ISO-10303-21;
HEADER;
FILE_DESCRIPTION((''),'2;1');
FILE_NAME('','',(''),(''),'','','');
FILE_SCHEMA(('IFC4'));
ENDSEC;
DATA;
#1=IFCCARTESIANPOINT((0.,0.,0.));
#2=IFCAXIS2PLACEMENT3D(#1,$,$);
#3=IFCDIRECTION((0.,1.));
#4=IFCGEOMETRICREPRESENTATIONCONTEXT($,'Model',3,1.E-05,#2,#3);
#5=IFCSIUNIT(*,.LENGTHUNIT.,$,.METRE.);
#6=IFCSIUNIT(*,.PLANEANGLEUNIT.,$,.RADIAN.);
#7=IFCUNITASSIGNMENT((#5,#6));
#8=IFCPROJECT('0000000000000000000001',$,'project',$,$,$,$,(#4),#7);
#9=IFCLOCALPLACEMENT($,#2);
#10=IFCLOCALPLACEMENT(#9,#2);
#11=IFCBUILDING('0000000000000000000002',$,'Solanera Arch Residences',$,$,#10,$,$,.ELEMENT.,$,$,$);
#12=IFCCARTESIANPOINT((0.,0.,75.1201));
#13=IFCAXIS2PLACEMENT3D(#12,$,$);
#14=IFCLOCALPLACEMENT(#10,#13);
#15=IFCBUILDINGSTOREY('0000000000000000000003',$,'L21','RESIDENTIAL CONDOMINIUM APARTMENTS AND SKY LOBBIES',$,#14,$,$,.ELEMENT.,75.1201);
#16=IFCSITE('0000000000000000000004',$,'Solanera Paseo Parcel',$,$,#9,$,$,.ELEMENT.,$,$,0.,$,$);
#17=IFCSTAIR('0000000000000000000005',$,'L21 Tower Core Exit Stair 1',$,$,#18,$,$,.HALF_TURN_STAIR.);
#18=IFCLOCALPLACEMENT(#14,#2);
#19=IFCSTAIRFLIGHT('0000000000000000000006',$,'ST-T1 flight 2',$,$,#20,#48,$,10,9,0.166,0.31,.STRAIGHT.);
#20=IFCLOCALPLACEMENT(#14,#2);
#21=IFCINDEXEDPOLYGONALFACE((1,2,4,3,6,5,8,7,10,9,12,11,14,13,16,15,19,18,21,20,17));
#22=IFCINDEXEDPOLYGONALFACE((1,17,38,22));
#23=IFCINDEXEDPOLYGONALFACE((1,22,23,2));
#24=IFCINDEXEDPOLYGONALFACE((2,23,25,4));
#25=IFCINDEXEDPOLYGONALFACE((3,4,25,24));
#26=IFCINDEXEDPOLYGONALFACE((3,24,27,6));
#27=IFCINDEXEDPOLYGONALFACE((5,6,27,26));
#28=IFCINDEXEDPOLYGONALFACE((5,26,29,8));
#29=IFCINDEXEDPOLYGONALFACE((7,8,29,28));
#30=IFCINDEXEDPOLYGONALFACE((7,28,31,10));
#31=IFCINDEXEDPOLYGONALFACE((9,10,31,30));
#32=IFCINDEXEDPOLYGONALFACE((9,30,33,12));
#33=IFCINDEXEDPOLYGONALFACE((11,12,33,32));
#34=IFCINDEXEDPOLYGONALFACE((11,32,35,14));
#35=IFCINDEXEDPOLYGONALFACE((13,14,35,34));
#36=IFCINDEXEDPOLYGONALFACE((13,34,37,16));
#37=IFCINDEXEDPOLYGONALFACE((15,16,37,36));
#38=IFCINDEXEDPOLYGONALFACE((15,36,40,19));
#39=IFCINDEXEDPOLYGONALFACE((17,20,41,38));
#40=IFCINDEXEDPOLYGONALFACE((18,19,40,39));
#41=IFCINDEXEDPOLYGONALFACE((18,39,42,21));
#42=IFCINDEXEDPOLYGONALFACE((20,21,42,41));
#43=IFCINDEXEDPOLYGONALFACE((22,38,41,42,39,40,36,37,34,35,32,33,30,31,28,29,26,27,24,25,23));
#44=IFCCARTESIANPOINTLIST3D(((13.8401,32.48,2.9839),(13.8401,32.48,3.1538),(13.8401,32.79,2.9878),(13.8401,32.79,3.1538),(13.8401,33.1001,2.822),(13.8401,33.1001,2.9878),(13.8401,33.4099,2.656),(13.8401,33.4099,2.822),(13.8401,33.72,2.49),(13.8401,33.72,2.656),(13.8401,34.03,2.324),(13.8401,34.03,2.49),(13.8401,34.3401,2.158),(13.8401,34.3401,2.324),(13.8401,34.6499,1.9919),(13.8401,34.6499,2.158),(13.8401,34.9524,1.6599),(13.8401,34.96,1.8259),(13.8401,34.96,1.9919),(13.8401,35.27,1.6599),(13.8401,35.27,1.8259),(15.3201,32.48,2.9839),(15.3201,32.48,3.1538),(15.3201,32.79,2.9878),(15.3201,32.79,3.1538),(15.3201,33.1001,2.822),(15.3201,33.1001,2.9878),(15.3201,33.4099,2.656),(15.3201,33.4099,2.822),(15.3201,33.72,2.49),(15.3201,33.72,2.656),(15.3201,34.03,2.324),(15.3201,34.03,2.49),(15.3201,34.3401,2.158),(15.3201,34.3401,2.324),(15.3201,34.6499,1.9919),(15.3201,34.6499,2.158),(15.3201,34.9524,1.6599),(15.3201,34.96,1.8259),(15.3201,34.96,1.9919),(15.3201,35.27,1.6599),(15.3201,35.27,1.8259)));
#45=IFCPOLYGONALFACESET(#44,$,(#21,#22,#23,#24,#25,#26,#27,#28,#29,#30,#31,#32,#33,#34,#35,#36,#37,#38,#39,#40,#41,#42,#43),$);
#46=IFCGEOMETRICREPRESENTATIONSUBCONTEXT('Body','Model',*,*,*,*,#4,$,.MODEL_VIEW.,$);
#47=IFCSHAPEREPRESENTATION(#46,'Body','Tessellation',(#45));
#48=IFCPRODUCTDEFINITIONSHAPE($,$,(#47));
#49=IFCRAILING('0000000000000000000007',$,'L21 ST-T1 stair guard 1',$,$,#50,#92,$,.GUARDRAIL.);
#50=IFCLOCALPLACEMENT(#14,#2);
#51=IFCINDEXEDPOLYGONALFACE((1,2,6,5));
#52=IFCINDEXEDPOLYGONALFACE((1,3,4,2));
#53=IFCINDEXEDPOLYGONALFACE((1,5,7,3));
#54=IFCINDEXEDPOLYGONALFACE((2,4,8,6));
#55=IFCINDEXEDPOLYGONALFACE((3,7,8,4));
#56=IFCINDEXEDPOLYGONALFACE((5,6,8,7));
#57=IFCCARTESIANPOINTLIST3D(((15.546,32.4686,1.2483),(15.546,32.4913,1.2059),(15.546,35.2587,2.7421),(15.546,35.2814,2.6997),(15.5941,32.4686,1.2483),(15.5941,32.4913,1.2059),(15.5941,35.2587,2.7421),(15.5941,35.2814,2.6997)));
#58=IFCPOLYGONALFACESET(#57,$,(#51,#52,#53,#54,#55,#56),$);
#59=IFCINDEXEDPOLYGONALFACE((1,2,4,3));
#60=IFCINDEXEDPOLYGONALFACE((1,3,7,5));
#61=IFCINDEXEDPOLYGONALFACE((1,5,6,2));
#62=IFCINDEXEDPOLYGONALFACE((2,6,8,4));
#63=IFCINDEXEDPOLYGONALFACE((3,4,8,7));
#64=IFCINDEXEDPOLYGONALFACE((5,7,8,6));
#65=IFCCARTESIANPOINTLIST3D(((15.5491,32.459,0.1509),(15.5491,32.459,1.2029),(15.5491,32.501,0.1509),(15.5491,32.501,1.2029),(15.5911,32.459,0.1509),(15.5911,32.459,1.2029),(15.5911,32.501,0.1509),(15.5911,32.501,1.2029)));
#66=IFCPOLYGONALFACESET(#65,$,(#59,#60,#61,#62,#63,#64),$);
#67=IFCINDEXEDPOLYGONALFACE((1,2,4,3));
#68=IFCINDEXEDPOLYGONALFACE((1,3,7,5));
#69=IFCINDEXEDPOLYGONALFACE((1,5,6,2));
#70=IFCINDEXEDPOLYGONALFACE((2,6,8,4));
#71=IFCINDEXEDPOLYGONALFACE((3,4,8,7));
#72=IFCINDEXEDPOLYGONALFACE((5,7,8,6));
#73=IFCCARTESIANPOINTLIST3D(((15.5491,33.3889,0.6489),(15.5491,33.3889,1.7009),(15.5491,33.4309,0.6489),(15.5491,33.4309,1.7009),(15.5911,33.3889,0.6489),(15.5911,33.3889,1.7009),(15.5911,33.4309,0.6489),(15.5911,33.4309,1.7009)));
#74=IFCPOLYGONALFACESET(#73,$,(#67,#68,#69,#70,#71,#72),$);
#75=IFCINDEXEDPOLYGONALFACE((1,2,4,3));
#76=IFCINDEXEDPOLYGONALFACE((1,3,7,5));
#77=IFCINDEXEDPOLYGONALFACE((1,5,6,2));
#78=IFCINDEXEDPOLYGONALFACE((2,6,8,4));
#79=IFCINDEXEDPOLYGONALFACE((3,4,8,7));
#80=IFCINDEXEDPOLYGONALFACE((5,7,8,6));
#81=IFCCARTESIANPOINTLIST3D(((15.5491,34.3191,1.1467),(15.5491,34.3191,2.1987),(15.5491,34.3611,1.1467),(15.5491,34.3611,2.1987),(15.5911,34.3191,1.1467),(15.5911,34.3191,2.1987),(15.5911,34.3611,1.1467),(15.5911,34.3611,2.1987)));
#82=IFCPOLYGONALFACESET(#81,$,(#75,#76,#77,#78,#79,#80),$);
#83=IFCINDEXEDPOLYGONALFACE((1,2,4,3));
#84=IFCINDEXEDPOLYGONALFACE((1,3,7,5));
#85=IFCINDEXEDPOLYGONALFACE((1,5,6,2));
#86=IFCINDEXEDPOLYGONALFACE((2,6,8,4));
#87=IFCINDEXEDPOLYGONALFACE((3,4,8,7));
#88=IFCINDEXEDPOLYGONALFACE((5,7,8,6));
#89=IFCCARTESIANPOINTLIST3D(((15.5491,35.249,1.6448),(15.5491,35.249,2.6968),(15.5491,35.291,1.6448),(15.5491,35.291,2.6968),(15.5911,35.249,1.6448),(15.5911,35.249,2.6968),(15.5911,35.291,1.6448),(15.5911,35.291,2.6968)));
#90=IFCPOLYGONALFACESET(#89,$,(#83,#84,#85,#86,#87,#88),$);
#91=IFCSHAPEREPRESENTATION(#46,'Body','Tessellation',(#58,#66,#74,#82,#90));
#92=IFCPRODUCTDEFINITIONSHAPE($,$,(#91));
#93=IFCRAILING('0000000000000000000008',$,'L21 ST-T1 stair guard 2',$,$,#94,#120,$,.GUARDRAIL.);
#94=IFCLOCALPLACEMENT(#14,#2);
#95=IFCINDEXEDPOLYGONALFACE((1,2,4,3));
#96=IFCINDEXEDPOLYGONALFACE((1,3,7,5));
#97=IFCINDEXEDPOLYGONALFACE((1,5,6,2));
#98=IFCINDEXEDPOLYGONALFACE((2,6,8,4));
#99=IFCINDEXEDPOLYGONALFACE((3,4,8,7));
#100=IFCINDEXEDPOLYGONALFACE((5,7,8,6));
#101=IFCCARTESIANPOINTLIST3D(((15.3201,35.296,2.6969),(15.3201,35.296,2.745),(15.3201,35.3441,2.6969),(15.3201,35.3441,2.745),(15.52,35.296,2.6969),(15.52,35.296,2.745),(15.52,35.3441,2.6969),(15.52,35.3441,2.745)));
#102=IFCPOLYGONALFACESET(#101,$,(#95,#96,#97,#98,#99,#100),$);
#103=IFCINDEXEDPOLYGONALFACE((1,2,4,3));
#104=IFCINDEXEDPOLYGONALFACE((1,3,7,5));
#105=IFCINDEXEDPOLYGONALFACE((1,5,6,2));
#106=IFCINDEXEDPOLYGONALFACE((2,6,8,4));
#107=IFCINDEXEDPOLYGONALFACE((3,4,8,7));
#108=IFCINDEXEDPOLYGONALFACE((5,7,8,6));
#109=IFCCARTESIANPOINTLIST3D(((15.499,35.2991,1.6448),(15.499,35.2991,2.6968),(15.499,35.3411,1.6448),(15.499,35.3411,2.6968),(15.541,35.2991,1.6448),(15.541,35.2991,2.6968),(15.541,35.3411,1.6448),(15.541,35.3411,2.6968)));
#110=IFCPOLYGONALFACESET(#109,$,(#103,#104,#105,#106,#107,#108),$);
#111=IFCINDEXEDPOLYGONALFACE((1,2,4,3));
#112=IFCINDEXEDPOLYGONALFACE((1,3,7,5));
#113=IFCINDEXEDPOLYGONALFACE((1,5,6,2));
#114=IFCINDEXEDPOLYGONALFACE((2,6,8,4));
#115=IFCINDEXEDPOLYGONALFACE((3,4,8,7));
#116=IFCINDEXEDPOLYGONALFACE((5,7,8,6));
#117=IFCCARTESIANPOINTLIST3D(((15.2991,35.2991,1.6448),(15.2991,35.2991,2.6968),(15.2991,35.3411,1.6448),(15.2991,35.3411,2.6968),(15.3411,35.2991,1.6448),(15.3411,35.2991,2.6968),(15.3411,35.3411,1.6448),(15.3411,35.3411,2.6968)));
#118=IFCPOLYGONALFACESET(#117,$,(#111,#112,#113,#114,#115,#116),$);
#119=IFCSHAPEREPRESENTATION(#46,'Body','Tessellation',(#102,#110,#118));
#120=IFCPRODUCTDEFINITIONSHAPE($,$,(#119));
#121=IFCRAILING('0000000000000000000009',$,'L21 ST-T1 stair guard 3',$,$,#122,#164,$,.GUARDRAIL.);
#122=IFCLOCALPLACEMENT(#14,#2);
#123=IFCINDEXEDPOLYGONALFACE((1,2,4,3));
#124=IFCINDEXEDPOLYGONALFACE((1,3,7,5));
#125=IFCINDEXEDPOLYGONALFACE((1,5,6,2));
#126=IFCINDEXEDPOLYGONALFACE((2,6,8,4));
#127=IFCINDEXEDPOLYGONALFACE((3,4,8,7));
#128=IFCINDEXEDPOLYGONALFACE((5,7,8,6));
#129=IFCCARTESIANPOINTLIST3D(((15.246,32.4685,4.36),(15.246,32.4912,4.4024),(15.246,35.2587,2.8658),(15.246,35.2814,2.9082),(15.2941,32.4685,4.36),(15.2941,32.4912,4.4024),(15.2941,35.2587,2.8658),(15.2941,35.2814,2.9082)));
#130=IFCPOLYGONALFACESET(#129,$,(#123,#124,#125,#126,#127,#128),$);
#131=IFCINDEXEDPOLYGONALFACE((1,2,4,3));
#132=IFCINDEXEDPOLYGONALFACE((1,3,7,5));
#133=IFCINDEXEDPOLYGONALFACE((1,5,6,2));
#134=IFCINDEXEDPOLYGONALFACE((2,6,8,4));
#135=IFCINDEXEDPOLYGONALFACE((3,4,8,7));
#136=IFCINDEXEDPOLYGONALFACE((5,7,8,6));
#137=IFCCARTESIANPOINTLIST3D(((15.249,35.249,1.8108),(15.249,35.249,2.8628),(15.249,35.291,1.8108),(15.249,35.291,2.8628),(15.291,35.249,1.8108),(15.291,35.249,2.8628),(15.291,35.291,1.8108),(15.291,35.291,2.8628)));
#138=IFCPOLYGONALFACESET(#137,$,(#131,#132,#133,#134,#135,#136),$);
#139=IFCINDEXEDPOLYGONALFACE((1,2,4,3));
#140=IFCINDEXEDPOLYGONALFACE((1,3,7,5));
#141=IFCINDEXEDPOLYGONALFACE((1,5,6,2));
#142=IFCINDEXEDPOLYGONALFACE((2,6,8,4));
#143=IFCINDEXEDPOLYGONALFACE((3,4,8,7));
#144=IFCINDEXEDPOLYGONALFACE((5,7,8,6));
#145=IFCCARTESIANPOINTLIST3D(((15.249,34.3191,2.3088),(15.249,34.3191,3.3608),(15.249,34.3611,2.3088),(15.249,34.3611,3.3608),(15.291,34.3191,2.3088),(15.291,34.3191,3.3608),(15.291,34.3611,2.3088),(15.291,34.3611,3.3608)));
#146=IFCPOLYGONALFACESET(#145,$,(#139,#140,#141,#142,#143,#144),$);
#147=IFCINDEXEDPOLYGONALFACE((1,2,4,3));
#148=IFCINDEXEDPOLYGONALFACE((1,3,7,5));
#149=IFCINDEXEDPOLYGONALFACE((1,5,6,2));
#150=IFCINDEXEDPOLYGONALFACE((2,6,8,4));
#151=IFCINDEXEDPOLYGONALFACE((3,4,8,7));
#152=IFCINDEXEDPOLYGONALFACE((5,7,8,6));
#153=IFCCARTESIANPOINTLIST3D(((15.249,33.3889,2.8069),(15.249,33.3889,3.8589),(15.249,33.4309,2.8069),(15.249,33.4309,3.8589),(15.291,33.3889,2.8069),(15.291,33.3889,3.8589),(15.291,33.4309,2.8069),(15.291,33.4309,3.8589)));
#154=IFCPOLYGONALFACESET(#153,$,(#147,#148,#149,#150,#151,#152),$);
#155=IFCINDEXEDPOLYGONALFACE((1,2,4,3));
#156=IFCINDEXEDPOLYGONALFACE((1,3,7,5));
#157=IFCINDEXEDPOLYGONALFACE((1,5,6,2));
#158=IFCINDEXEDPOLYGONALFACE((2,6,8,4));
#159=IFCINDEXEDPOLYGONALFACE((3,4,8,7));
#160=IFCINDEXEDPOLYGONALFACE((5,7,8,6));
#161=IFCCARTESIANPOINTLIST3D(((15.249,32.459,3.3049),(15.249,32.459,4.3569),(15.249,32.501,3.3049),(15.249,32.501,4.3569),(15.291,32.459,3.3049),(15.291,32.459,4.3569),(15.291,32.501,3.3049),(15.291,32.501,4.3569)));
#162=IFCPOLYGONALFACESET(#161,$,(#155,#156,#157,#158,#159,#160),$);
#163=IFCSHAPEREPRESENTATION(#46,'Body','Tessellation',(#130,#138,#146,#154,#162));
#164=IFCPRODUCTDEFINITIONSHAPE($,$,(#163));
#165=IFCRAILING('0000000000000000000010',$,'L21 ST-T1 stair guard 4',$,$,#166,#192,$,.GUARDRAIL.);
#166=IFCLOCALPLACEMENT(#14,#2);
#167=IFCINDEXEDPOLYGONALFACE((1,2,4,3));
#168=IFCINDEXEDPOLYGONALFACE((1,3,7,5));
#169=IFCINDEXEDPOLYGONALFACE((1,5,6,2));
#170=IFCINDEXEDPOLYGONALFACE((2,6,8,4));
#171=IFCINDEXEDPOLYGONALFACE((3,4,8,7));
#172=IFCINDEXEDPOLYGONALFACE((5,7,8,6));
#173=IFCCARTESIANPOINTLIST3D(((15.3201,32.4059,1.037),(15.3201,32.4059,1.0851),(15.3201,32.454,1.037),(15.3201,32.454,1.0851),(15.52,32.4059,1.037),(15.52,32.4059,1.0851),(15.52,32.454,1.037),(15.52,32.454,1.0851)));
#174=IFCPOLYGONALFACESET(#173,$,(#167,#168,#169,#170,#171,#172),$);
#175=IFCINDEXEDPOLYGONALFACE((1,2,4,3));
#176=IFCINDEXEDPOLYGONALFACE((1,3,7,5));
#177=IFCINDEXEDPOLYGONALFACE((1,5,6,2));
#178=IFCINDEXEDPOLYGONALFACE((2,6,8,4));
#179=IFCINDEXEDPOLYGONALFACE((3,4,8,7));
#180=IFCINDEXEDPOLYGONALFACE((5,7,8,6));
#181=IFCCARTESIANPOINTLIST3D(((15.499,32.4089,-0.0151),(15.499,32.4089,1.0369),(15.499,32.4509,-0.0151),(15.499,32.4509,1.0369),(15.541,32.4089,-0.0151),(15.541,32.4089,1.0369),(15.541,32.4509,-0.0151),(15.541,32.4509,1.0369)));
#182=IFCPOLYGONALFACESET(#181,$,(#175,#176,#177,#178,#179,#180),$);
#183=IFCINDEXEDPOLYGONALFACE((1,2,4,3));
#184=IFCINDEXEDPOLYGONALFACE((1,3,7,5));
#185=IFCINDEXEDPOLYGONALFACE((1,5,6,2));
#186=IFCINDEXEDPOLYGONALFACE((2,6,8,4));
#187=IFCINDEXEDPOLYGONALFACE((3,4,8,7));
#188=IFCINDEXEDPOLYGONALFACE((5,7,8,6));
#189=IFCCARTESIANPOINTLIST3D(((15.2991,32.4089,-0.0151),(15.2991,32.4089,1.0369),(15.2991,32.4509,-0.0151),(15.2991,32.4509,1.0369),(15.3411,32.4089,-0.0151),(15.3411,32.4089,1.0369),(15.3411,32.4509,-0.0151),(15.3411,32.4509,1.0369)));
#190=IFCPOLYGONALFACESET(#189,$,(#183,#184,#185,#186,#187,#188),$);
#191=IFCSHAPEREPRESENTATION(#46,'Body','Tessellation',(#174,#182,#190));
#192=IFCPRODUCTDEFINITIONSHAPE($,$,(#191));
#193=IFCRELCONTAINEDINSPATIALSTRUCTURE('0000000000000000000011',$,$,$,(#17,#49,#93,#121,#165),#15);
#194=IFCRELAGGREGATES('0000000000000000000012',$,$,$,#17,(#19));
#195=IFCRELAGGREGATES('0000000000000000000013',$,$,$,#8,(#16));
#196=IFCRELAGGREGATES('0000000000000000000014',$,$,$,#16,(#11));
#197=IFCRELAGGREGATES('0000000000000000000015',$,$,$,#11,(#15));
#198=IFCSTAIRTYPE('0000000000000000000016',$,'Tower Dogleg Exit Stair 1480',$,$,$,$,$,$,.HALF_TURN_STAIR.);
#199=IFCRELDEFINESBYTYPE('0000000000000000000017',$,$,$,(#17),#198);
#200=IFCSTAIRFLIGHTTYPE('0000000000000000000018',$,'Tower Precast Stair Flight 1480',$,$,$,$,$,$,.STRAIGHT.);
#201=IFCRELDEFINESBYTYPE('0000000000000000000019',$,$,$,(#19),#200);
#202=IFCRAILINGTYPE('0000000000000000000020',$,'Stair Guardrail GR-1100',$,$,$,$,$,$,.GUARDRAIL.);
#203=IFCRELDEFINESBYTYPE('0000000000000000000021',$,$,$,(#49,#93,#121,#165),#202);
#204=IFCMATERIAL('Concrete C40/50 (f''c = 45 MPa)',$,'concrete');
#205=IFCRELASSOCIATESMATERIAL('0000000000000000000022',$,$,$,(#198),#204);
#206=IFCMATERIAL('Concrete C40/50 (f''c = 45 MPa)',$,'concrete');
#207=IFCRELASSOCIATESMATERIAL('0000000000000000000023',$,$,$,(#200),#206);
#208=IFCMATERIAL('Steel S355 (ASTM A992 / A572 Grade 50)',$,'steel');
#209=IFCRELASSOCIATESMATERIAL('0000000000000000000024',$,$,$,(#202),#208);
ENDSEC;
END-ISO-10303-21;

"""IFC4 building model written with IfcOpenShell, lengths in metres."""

from ifc_helpers import new_model, si_unit, direction, frame, origin, origin_2d, place, context, subcontext, project, spatial, polyline, rectangle, outline, extrude, material, type_object, element, aggregate, save


model = new_model("IFC4")

# Units and contexts
model_context = context("Model", 3, precision=1e-05, world=origin(), true_north=direction((0.0, 1.0)))
body_context = subcontext(model_context, "Body", "Model", "MODEL_VIEW")
ifc_project = project(units=[si_unit("LENGTHUNIT", "METRE"), si_unit("PLANEANGLEUNIT", "RADIAN")], contexts=[model_context])

# Site, building, storey
site_placement = place(None, origin())
site = spatial("IfcSite", under=ifc_project, at=site_placement, Name="Solanera Paseo Parcel", CompositionType="ELEMENT", RefElevation=0.0)
building_placement = place(site_placement, origin())
building = spatial("IfcBuilding", under=site, at=building_placement, Name="Solanera Arch Residences", CompositionType="ELEMENT")
storey_placement = place(building_placement, frame((0.0, 0.0, 75.1201)))
storey = spatial("IfcBuildingStorey", under=building, at=storey_placement, Name="L21", Description="RESIDENTIAL CONDOMINIUM APARTMENTS AND SKY LOBBIES", CompositionType="ELEMENT", Elevation=75.1201)

# Stair, stair flight
ifc_material_1 = material(Name="Concrete C40/50 (f'c = 45 MPa)", Category="concrete")
stair_type = type_object("IfcStairType", Name="Tower Dogleg Exit Stair 1480", PredefinedType="HALF_TURN_STAIR", material=ifc_material_1)
stair_placement = place(storey_placement, origin())
stair = element("IfcStair", 1, at=stair_placement, inside=storey, type_object=stair_type, Name="L21 Tower Core Exit Stair 1", PredefinedType="HALF_TURN_STAIR")
ifc_material_2 = material(Name="Concrete C40/50 (f'c = 45 MPa)", Category="concrete")
stair_flight_type = type_object("IfcStairFlightType", Name="Tower Precast Stair Flight 1480", PredefinedType="STRAIGHT", material=ifc_material_2)
stair_flight_1_placement = place(storey_placement, frame((14.5801, 35.27, 1.6599), z_axis=(0.0, 0.0, 1.0), x_axis=(0.0, -1.0, 0.0)))
stair_flight_1 = element("IfcStairFlight", 2, at=stair_flight_1_placement, type_object=stair_flight_type, Name="ST-T1 flight 2", NumberOfRisers=10, NumberOfTreads=9, PredefinedType="STRAIGHT", RiserHeight=0.166, TreadLength=0.31, context=body_context, shape_type="SweptSolid", body=[
    extrude(outline(polyline([(0.0, 0.0), (0.0, 0.166), (0.3101, 0.166), (0.3101, 0.332), (0.6201, 0.332), (0.6201, 0.498), (0.9299, 0.498), (0.9299, 0.6641), (1.24, 0.6641), (1.24, 0.8301), (1.55, 0.8301), (1.55, 0.9961), (1.8601, 0.9961), (1.8601, 1.1621), (2.1699, 1.1621), (2.1699, 1.3279), (2.48, 1.3279), (2.48, 1.4939), (2.79, 1.4939), (2.79, 1.6599), (2.79, 1.324), (0.3176, 0.0), (0.0, 0.0)])), frame((0.0, 0.74, 0.0), z_axis=(0.0, -1.0, 0.0), x_axis=(1.0, 0.0, 0.0)), (0.0, 0.0, 1.0), 1.48),
])
aggregate(stair, [stair_flight_1])

# Railings
ifc_material_3 = material(Name="Steel S355 (ASTM A992 / A572 Grade 50)", Category="steel")
railing_type_1 = type_object("IfcRailingType", Name="Stair Guardrail GR-1100", PredefinedType="GUARDRAIL", material=ifc_material_3)
railing_1_placement = place(storey_placement, frame((15.5701, 32.48, 0.1509)))
element("IfcRailing", 3, at=railing_1_placement, inside=storey, type_object=railing_type_1, Name="L21 ST-T1 stair guard 1", PredefinedType="GUARDRAIL", context=body_context, shape_type="SweptSolid", body=[
    extrude(rectangle(XDim=0.0481, YDim=0.0481, at=origin_2d()), frame((0.0, 0.0, 1.0762), z_axis=(0.0, 0.881581, 0.472033), x_axis=(-1.0, 0.0, 0.0)), (0.0, 0.0, 1.0), 3.1648),
    extrude(rectangle(XDim=0.042, YDim=0.042, at=origin_2d()), origin(), (0.0, 0.0, 1.0), 1.052),
    extrude(rectangle(XDim=0.042, YDim=0.042, at=origin_2d()), frame((0.0, 0.9299, 0.498)), (0.0, 0.0, 1.0), 1.052),
    extrude(rectangle(XDim=0.042, YDim=0.042, at=origin_2d()), frame((0.0, 1.8601, 0.9958)), (0.0, 0.0, 1.0), 1.052),
    extrude(rectangle(XDim=0.042, YDim=0.042, at=origin_2d()), frame((0.0, 2.79, 1.4939)), (0.0, 0.0, 1.0), 1.052),
])
railing_2_placement = place(storey_placement, frame((15.52, 35.3201, 1.6448)))
element("IfcRailing", 4, at=railing_2_placement, inside=storey, type_object=railing_type_1, Name="L21 ST-T1 stair guard 2", PredefinedType="GUARDRAIL", context=body_context, shape_type="SweptSolid", body=[
    extrude(rectangle(XDim=0.0481, YDim=0.0481, at=origin_2d()), frame((0.0, 0.0, 1.0762), z_axis=(-1.0, 0.0, 0.0), x_axis=(0.0, -1.0, 0.0)), (0.0, 0.0, 1.0), 0.2),
    extrude(rectangle(XDim=0.042, YDim=0.042, at=origin_2d()), origin(), (0.0, 0.0, 1.0), 1.052),
    extrude(rectangle(XDim=0.042, YDim=0.042, at=origin_2d()), frame((-0.2, 0.0, 0.0)), (0.0, 0.0, 1.0), 1.052),
])
railing_3_placement = place(storey_placement, frame((15.27, 35.27, 1.8108)))
element("IfcRailing", 5, at=railing_3_placement, inside=storey, type_object=railing_type_1, Name="L21 ST-T1 stair guard 3", PredefinedType="GUARDRAIL", context=body_context, shape_type="SweptSolid", body=[
    extrude(rectangle(XDim=0.0481, YDim=0.0481, at=origin_2d()), frame((0.0, 0.0, 1.0762), z_axis=(0.0, -0.881549, 0.472093), x_axis=(1.0, 0.0, 0.0)), (0.0, 0.0, 1.0), 3.165),
    extrude(rectangle(XDim=0.042, YDim=0.042, at=origin_2d()), origin(), (0.0, 0.0, 1.0), 1.052),
    extrude(rectangle(XDim=0.042, YDim=0.042, at=origin_2d()), frame((0.0, -0.9299, 0.498)), (0.0, 0.0, 1.0), 1.052),
    extrude(rectangle(XDim=0.042, YDim=0.042, at=origin_2d()), frame((0.0, -1.8601, 0.9961)), (0.0, 0.0, 1.0), 1.052),
    extrude(rectangle(XDim=0.042, YDim=0.042, at=origin_2d()), frame((0.0, -2.79, 1.4941)), (0.0, 0.0, 1.0), 1.052),
])
railing_4_placement = place(storey_placement, frame((15.52, 32.4299, -0.0151)))
element("IfcRailing", 6, at=railing_4_placement, inside=storey, type_object=railing_type_1, Name="L21 ST-T1 stair guard 4", PredefinedType="GUARDRAIL", context=body_context, shape_type="SweptSolid", body=[
    extrude(rectangle(XDim=0.0481, YDim=0.0481, at=origin_2d()), frame((0.0, 0.0, 1.0762), z_axis=(-1.0, 0.0, 0.0), x_axis=(0.0, -1.0, 0.0)), (0.0, 0.0, 1.0), 0.2),
    extrude(rectangle(XDim=0.042, YDim=0.042, at=origin_2d()), origin(), (0.0, 0.0, 1.0), 1.052),
    extrude(rectangle(XDim=0.042, YDim=0.042, at=origin_2d()), frame((-0.2, 0.0, 0.0)), (0.0, 0.0, 1.0), 1.052),
])

save(model, "model.ifc")
